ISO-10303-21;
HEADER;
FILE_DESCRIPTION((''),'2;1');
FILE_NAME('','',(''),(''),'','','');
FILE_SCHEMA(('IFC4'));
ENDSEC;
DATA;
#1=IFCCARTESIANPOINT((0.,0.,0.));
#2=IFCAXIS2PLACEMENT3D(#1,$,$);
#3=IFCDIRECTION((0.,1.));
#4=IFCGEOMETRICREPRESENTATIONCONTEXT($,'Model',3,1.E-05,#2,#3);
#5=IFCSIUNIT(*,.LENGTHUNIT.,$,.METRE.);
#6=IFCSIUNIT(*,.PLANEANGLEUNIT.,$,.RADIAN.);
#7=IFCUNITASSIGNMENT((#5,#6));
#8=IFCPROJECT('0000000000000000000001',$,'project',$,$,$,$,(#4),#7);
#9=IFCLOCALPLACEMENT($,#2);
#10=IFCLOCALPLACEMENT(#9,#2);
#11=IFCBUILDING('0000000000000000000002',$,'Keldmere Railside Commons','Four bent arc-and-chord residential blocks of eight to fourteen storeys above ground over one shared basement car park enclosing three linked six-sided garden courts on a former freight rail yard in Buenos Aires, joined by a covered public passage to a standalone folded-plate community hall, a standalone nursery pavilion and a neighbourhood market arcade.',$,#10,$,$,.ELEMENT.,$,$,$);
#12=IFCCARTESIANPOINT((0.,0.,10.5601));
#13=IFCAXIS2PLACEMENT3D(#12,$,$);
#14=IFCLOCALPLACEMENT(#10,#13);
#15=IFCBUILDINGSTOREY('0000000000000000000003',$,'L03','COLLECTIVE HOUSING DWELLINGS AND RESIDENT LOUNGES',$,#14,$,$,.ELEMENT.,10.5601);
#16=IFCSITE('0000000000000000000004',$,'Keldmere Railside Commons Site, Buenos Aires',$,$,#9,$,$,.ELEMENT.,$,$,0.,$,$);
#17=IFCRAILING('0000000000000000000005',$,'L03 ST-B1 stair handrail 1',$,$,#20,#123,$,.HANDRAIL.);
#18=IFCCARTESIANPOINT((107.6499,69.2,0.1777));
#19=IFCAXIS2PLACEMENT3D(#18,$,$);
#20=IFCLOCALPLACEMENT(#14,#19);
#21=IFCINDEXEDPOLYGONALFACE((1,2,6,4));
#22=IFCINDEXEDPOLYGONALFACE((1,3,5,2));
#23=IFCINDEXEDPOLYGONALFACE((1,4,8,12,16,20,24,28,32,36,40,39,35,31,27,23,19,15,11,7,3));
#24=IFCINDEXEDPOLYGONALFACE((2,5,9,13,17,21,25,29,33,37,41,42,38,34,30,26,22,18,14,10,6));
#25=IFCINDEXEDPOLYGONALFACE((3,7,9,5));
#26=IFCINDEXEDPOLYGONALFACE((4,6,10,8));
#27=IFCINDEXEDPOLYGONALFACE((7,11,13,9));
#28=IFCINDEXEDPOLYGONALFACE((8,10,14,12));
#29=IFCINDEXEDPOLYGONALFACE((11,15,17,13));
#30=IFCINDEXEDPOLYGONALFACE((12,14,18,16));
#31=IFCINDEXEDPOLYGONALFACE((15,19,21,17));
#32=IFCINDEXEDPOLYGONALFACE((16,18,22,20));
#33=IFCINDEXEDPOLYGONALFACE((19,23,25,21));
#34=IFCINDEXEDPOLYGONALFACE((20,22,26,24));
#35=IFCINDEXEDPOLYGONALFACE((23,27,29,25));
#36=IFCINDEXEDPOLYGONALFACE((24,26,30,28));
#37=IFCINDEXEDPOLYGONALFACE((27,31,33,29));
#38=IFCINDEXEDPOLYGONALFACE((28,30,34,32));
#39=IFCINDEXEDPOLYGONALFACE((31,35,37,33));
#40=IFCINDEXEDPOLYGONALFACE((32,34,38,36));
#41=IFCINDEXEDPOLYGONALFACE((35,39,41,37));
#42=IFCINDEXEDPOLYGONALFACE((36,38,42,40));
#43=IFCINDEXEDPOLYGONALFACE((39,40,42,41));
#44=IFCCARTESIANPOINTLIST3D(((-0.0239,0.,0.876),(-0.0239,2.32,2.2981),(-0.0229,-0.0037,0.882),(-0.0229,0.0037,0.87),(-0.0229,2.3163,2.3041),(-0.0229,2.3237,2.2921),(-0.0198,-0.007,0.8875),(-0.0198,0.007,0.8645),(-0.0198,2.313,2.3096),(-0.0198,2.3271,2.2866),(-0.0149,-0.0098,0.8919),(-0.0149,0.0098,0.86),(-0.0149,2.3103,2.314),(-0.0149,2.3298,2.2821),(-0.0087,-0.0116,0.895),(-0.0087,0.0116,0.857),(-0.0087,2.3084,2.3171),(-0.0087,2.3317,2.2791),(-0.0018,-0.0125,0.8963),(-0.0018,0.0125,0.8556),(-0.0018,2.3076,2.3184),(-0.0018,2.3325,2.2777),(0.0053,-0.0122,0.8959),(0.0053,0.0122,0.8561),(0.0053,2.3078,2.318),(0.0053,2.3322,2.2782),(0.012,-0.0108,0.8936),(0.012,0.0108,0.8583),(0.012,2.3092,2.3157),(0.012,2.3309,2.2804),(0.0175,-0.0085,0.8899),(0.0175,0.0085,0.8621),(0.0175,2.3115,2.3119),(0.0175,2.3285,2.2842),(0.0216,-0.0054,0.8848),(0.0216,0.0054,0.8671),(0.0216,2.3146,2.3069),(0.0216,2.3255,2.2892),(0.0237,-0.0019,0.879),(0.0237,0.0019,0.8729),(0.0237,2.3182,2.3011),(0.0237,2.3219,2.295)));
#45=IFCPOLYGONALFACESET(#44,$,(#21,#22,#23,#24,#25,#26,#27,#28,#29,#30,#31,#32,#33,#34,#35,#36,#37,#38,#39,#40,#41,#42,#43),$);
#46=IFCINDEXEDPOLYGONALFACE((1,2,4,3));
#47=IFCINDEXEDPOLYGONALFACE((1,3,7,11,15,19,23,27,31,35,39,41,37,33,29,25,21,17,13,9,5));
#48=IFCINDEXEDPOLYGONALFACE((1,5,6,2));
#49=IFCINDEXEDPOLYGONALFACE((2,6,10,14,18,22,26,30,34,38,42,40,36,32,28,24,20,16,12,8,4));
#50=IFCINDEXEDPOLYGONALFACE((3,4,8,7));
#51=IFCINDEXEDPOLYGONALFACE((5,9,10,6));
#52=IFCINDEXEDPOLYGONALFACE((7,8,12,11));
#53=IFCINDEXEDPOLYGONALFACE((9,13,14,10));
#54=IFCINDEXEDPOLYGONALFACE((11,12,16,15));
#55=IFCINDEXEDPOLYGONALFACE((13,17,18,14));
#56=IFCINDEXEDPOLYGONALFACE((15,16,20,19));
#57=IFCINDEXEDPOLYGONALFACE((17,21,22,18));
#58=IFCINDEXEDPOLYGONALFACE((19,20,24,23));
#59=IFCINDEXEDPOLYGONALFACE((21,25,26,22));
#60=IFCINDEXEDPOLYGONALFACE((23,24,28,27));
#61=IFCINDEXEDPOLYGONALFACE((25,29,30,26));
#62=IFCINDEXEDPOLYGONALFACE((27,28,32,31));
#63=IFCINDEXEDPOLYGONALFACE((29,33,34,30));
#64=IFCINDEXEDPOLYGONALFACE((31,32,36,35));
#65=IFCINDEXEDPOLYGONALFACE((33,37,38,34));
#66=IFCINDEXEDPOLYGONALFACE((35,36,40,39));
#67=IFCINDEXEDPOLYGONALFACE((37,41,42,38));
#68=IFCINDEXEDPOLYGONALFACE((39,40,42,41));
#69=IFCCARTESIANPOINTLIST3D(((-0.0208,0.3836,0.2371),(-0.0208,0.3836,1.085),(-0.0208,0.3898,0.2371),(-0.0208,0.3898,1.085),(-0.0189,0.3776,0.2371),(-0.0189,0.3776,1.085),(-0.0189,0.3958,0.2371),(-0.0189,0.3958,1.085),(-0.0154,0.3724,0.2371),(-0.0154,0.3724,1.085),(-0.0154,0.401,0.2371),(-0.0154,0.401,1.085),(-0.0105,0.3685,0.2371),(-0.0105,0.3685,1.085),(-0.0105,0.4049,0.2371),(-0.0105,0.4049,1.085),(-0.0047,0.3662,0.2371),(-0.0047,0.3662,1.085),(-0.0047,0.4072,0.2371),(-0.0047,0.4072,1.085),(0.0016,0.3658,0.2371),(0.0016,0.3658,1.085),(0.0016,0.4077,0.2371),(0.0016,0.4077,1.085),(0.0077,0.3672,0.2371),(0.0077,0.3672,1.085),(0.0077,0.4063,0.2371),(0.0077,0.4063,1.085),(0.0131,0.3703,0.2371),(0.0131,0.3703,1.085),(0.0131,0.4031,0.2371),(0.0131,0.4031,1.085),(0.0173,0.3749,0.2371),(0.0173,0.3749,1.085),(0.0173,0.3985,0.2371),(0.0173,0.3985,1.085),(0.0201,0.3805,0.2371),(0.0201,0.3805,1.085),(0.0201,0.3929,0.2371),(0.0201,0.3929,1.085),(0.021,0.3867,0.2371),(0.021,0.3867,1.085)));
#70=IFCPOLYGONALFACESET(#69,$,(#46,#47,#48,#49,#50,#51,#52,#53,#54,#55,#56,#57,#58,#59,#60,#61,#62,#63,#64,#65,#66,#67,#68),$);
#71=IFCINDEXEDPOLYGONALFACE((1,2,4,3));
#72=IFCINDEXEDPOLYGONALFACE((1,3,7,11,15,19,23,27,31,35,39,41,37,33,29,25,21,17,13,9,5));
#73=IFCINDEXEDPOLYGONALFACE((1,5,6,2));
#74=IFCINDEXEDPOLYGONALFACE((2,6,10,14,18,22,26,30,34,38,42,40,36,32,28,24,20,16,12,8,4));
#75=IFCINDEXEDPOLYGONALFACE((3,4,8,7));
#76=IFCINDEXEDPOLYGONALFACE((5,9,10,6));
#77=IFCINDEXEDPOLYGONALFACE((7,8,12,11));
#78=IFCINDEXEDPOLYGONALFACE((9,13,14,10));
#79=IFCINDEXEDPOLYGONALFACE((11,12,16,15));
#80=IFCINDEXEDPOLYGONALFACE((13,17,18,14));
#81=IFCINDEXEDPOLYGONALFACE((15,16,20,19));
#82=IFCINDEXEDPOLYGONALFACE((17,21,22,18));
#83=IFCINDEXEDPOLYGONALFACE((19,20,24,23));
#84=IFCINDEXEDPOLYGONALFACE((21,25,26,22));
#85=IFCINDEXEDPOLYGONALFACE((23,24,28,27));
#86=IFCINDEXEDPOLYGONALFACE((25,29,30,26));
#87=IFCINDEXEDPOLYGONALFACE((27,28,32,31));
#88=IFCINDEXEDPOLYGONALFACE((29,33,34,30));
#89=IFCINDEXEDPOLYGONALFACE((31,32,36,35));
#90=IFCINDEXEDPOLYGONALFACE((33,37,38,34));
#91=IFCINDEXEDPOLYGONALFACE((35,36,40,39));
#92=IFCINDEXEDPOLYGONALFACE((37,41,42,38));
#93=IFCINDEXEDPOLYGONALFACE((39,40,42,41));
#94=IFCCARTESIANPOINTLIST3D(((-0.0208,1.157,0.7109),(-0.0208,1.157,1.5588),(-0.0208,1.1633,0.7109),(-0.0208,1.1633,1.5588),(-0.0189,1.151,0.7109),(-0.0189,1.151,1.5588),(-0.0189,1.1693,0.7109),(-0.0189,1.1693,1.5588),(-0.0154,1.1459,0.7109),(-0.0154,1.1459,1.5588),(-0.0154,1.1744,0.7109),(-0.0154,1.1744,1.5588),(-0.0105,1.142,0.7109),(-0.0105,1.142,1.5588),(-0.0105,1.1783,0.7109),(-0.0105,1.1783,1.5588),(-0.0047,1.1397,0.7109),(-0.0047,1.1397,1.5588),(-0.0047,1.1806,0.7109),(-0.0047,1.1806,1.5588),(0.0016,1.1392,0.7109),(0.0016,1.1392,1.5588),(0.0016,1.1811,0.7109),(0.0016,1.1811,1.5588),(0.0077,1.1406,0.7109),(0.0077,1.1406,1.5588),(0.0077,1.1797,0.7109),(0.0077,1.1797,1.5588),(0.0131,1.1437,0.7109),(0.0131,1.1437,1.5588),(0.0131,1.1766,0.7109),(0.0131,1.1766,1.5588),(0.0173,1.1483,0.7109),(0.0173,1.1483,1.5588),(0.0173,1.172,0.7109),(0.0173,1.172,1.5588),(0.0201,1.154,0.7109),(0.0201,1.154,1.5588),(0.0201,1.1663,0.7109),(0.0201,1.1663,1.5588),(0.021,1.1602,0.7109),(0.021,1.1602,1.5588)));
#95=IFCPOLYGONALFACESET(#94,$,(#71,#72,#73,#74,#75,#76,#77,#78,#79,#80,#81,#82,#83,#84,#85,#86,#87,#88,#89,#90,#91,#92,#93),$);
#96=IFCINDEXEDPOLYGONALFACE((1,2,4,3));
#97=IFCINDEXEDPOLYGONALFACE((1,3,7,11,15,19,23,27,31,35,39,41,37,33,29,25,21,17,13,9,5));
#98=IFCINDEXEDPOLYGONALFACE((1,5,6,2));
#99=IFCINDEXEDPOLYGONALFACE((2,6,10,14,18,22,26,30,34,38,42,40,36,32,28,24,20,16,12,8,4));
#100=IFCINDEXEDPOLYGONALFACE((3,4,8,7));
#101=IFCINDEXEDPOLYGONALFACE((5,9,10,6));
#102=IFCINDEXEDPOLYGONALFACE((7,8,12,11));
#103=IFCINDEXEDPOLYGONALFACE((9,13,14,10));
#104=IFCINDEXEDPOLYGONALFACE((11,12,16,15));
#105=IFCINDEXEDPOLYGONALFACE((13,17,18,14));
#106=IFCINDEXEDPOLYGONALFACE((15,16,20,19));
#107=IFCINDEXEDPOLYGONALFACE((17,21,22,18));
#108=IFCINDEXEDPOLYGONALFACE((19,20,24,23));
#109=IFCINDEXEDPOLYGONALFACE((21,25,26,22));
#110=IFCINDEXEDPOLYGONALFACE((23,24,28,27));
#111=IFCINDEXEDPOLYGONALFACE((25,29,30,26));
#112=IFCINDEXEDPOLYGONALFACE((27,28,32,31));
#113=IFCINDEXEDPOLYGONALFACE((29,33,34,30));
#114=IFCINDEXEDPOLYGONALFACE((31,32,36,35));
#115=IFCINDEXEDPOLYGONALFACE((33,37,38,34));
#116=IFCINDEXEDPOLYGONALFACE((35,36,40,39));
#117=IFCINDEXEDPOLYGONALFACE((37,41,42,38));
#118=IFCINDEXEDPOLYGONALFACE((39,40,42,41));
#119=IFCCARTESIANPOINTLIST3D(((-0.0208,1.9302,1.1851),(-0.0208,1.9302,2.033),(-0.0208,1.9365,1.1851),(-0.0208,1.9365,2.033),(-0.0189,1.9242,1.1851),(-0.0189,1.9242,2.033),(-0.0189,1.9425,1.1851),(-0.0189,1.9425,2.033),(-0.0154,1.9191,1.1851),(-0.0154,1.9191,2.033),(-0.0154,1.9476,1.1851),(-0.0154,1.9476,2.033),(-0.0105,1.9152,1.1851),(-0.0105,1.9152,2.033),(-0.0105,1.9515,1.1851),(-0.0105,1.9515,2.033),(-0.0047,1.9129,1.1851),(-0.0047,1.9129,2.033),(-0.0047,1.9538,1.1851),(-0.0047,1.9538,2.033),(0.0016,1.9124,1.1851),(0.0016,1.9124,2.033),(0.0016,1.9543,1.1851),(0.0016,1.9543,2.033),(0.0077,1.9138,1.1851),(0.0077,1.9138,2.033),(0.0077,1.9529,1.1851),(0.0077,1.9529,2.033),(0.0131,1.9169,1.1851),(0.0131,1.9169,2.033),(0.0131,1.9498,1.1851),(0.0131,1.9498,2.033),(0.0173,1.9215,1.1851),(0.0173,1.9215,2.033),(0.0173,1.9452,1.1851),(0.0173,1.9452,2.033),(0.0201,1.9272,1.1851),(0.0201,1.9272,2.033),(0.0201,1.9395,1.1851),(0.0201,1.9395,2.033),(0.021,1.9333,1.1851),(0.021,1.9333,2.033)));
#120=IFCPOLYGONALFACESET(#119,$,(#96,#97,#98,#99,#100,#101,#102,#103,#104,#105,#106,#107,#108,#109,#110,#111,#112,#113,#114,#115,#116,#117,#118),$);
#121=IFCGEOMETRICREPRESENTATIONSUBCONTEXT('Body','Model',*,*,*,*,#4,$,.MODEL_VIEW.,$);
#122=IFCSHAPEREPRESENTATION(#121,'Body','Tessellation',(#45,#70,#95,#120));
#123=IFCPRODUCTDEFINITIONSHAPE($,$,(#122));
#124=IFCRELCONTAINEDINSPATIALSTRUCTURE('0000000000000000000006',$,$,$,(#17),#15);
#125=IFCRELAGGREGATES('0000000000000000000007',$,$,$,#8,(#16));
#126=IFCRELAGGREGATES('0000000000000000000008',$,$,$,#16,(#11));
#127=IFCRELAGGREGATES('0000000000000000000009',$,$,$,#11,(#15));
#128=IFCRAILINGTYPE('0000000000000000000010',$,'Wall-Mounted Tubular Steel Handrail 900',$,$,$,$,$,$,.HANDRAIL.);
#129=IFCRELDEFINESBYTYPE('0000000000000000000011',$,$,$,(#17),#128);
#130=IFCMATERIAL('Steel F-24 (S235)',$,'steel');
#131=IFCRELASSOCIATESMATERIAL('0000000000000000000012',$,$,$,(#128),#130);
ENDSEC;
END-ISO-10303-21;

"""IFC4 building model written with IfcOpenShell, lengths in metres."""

from ifc_helpers import new_model, si_unit, direction, frame, origin, origin_2d, place, context, subcontext, project, spatial, circle, extrude, material, type_object, element, save


model = new_model("IFC4")

# Units and contexts
model_context = context("Model", 3, precision=1e-05, world=origin(), true_north=direction((0.0, 1.0)))
body_context = subcontext(model_context, "Body", "Model", "MODEL_VIEW")
ifc_project = project(units=[si_unit("LENGTHUNIT", "METRE"), si_unit("PLANEANGLEUNIT", "RADIAN")], contexts=[model_context])

# Site, building, storey
site_placement = place(None, origin())
site = spatial("IfcSite", under=ifc_project, at=site_placement, Name="Keldmere Railside Commons Site, Buenos Aires", CompositionType="ELEMENT", RefElevation=0.0)
building_placement = place(site_placement, origin())
building = spatial("IfcBuilding", under=site, at=building_placement, Name="Keldmere Railside Commons", Description="Four bent arc-and-chord residential blocks of eight to fourteen storeys above ground over one shared basement car park enclosing three linked six-sided garden courts on a former freight rail yard in Buenos Aires, joined by a covered public passage to a standalone folded-plate community hall, a standalone nursery pavilion and a neighbourhood market arcade.", CompositionType="ELEMENT")
storey_placement = place(building_placement, frame((0.0, 0.0, 10.5601)))
storey = spatial("IfcBuildingStorey", under=building, at=storey_placement, Name="L03", Description="COLLECTIVE HOUSING DWELLINGS AND RESIDENT LOUNGES", CompositionType="ELEMENT", Elevation=10.5601)

# Railing
ifc_material_1 = material(Name="Steel F-24 (S235)", Category="steel")
railing_type_1 = type_object("IfcRailingType", Name="Wall-Mounted Tubular Steel Handrail 900", PredefinedType="HANDRAIL", material=ifc_material_1)
railing_1_placement = place(storey_placement, frame((107.6499, 69.2, 0.1777)))
element("IfcRailing", 1, at=railing_1_placement, inside=storey, type_object=railing_type_1, Name="L03 ST-B1 stair handrail 1", PredefinedType="HANDRAIL", context=body_context, shape_type="SweptSolid", body=[
    extrude(circle(Radius=0.0239, at=origin_2d()), frame((0.0, 0.0, 0.876), z_axis=(0.0, 0.852578, 0.5226), x_axis=(-1.0, 0.0, 0.0)), (0.0, 0.0, 1.0), 2.7212),
    extrude(circle(Radius=0.021, at=origin_2d()), frame((0.0, 0.3867, 0.2371)), (0.0, 0.0, 1.0), 0.8479),
    extrude(circle(Radius=0.021, at=origin_2d()), frame((0.0, 1.1602, 0.7109)), (0.0, 0.0, 1.0), 0.8479),
    extrude(circle(Radius=0.021, at=origin_2d()), frame((0.0, 1.9333, 1.1851)), (0.0, 0.0, 1.0), 0.8479),
])

save(model, "model.ifc")
